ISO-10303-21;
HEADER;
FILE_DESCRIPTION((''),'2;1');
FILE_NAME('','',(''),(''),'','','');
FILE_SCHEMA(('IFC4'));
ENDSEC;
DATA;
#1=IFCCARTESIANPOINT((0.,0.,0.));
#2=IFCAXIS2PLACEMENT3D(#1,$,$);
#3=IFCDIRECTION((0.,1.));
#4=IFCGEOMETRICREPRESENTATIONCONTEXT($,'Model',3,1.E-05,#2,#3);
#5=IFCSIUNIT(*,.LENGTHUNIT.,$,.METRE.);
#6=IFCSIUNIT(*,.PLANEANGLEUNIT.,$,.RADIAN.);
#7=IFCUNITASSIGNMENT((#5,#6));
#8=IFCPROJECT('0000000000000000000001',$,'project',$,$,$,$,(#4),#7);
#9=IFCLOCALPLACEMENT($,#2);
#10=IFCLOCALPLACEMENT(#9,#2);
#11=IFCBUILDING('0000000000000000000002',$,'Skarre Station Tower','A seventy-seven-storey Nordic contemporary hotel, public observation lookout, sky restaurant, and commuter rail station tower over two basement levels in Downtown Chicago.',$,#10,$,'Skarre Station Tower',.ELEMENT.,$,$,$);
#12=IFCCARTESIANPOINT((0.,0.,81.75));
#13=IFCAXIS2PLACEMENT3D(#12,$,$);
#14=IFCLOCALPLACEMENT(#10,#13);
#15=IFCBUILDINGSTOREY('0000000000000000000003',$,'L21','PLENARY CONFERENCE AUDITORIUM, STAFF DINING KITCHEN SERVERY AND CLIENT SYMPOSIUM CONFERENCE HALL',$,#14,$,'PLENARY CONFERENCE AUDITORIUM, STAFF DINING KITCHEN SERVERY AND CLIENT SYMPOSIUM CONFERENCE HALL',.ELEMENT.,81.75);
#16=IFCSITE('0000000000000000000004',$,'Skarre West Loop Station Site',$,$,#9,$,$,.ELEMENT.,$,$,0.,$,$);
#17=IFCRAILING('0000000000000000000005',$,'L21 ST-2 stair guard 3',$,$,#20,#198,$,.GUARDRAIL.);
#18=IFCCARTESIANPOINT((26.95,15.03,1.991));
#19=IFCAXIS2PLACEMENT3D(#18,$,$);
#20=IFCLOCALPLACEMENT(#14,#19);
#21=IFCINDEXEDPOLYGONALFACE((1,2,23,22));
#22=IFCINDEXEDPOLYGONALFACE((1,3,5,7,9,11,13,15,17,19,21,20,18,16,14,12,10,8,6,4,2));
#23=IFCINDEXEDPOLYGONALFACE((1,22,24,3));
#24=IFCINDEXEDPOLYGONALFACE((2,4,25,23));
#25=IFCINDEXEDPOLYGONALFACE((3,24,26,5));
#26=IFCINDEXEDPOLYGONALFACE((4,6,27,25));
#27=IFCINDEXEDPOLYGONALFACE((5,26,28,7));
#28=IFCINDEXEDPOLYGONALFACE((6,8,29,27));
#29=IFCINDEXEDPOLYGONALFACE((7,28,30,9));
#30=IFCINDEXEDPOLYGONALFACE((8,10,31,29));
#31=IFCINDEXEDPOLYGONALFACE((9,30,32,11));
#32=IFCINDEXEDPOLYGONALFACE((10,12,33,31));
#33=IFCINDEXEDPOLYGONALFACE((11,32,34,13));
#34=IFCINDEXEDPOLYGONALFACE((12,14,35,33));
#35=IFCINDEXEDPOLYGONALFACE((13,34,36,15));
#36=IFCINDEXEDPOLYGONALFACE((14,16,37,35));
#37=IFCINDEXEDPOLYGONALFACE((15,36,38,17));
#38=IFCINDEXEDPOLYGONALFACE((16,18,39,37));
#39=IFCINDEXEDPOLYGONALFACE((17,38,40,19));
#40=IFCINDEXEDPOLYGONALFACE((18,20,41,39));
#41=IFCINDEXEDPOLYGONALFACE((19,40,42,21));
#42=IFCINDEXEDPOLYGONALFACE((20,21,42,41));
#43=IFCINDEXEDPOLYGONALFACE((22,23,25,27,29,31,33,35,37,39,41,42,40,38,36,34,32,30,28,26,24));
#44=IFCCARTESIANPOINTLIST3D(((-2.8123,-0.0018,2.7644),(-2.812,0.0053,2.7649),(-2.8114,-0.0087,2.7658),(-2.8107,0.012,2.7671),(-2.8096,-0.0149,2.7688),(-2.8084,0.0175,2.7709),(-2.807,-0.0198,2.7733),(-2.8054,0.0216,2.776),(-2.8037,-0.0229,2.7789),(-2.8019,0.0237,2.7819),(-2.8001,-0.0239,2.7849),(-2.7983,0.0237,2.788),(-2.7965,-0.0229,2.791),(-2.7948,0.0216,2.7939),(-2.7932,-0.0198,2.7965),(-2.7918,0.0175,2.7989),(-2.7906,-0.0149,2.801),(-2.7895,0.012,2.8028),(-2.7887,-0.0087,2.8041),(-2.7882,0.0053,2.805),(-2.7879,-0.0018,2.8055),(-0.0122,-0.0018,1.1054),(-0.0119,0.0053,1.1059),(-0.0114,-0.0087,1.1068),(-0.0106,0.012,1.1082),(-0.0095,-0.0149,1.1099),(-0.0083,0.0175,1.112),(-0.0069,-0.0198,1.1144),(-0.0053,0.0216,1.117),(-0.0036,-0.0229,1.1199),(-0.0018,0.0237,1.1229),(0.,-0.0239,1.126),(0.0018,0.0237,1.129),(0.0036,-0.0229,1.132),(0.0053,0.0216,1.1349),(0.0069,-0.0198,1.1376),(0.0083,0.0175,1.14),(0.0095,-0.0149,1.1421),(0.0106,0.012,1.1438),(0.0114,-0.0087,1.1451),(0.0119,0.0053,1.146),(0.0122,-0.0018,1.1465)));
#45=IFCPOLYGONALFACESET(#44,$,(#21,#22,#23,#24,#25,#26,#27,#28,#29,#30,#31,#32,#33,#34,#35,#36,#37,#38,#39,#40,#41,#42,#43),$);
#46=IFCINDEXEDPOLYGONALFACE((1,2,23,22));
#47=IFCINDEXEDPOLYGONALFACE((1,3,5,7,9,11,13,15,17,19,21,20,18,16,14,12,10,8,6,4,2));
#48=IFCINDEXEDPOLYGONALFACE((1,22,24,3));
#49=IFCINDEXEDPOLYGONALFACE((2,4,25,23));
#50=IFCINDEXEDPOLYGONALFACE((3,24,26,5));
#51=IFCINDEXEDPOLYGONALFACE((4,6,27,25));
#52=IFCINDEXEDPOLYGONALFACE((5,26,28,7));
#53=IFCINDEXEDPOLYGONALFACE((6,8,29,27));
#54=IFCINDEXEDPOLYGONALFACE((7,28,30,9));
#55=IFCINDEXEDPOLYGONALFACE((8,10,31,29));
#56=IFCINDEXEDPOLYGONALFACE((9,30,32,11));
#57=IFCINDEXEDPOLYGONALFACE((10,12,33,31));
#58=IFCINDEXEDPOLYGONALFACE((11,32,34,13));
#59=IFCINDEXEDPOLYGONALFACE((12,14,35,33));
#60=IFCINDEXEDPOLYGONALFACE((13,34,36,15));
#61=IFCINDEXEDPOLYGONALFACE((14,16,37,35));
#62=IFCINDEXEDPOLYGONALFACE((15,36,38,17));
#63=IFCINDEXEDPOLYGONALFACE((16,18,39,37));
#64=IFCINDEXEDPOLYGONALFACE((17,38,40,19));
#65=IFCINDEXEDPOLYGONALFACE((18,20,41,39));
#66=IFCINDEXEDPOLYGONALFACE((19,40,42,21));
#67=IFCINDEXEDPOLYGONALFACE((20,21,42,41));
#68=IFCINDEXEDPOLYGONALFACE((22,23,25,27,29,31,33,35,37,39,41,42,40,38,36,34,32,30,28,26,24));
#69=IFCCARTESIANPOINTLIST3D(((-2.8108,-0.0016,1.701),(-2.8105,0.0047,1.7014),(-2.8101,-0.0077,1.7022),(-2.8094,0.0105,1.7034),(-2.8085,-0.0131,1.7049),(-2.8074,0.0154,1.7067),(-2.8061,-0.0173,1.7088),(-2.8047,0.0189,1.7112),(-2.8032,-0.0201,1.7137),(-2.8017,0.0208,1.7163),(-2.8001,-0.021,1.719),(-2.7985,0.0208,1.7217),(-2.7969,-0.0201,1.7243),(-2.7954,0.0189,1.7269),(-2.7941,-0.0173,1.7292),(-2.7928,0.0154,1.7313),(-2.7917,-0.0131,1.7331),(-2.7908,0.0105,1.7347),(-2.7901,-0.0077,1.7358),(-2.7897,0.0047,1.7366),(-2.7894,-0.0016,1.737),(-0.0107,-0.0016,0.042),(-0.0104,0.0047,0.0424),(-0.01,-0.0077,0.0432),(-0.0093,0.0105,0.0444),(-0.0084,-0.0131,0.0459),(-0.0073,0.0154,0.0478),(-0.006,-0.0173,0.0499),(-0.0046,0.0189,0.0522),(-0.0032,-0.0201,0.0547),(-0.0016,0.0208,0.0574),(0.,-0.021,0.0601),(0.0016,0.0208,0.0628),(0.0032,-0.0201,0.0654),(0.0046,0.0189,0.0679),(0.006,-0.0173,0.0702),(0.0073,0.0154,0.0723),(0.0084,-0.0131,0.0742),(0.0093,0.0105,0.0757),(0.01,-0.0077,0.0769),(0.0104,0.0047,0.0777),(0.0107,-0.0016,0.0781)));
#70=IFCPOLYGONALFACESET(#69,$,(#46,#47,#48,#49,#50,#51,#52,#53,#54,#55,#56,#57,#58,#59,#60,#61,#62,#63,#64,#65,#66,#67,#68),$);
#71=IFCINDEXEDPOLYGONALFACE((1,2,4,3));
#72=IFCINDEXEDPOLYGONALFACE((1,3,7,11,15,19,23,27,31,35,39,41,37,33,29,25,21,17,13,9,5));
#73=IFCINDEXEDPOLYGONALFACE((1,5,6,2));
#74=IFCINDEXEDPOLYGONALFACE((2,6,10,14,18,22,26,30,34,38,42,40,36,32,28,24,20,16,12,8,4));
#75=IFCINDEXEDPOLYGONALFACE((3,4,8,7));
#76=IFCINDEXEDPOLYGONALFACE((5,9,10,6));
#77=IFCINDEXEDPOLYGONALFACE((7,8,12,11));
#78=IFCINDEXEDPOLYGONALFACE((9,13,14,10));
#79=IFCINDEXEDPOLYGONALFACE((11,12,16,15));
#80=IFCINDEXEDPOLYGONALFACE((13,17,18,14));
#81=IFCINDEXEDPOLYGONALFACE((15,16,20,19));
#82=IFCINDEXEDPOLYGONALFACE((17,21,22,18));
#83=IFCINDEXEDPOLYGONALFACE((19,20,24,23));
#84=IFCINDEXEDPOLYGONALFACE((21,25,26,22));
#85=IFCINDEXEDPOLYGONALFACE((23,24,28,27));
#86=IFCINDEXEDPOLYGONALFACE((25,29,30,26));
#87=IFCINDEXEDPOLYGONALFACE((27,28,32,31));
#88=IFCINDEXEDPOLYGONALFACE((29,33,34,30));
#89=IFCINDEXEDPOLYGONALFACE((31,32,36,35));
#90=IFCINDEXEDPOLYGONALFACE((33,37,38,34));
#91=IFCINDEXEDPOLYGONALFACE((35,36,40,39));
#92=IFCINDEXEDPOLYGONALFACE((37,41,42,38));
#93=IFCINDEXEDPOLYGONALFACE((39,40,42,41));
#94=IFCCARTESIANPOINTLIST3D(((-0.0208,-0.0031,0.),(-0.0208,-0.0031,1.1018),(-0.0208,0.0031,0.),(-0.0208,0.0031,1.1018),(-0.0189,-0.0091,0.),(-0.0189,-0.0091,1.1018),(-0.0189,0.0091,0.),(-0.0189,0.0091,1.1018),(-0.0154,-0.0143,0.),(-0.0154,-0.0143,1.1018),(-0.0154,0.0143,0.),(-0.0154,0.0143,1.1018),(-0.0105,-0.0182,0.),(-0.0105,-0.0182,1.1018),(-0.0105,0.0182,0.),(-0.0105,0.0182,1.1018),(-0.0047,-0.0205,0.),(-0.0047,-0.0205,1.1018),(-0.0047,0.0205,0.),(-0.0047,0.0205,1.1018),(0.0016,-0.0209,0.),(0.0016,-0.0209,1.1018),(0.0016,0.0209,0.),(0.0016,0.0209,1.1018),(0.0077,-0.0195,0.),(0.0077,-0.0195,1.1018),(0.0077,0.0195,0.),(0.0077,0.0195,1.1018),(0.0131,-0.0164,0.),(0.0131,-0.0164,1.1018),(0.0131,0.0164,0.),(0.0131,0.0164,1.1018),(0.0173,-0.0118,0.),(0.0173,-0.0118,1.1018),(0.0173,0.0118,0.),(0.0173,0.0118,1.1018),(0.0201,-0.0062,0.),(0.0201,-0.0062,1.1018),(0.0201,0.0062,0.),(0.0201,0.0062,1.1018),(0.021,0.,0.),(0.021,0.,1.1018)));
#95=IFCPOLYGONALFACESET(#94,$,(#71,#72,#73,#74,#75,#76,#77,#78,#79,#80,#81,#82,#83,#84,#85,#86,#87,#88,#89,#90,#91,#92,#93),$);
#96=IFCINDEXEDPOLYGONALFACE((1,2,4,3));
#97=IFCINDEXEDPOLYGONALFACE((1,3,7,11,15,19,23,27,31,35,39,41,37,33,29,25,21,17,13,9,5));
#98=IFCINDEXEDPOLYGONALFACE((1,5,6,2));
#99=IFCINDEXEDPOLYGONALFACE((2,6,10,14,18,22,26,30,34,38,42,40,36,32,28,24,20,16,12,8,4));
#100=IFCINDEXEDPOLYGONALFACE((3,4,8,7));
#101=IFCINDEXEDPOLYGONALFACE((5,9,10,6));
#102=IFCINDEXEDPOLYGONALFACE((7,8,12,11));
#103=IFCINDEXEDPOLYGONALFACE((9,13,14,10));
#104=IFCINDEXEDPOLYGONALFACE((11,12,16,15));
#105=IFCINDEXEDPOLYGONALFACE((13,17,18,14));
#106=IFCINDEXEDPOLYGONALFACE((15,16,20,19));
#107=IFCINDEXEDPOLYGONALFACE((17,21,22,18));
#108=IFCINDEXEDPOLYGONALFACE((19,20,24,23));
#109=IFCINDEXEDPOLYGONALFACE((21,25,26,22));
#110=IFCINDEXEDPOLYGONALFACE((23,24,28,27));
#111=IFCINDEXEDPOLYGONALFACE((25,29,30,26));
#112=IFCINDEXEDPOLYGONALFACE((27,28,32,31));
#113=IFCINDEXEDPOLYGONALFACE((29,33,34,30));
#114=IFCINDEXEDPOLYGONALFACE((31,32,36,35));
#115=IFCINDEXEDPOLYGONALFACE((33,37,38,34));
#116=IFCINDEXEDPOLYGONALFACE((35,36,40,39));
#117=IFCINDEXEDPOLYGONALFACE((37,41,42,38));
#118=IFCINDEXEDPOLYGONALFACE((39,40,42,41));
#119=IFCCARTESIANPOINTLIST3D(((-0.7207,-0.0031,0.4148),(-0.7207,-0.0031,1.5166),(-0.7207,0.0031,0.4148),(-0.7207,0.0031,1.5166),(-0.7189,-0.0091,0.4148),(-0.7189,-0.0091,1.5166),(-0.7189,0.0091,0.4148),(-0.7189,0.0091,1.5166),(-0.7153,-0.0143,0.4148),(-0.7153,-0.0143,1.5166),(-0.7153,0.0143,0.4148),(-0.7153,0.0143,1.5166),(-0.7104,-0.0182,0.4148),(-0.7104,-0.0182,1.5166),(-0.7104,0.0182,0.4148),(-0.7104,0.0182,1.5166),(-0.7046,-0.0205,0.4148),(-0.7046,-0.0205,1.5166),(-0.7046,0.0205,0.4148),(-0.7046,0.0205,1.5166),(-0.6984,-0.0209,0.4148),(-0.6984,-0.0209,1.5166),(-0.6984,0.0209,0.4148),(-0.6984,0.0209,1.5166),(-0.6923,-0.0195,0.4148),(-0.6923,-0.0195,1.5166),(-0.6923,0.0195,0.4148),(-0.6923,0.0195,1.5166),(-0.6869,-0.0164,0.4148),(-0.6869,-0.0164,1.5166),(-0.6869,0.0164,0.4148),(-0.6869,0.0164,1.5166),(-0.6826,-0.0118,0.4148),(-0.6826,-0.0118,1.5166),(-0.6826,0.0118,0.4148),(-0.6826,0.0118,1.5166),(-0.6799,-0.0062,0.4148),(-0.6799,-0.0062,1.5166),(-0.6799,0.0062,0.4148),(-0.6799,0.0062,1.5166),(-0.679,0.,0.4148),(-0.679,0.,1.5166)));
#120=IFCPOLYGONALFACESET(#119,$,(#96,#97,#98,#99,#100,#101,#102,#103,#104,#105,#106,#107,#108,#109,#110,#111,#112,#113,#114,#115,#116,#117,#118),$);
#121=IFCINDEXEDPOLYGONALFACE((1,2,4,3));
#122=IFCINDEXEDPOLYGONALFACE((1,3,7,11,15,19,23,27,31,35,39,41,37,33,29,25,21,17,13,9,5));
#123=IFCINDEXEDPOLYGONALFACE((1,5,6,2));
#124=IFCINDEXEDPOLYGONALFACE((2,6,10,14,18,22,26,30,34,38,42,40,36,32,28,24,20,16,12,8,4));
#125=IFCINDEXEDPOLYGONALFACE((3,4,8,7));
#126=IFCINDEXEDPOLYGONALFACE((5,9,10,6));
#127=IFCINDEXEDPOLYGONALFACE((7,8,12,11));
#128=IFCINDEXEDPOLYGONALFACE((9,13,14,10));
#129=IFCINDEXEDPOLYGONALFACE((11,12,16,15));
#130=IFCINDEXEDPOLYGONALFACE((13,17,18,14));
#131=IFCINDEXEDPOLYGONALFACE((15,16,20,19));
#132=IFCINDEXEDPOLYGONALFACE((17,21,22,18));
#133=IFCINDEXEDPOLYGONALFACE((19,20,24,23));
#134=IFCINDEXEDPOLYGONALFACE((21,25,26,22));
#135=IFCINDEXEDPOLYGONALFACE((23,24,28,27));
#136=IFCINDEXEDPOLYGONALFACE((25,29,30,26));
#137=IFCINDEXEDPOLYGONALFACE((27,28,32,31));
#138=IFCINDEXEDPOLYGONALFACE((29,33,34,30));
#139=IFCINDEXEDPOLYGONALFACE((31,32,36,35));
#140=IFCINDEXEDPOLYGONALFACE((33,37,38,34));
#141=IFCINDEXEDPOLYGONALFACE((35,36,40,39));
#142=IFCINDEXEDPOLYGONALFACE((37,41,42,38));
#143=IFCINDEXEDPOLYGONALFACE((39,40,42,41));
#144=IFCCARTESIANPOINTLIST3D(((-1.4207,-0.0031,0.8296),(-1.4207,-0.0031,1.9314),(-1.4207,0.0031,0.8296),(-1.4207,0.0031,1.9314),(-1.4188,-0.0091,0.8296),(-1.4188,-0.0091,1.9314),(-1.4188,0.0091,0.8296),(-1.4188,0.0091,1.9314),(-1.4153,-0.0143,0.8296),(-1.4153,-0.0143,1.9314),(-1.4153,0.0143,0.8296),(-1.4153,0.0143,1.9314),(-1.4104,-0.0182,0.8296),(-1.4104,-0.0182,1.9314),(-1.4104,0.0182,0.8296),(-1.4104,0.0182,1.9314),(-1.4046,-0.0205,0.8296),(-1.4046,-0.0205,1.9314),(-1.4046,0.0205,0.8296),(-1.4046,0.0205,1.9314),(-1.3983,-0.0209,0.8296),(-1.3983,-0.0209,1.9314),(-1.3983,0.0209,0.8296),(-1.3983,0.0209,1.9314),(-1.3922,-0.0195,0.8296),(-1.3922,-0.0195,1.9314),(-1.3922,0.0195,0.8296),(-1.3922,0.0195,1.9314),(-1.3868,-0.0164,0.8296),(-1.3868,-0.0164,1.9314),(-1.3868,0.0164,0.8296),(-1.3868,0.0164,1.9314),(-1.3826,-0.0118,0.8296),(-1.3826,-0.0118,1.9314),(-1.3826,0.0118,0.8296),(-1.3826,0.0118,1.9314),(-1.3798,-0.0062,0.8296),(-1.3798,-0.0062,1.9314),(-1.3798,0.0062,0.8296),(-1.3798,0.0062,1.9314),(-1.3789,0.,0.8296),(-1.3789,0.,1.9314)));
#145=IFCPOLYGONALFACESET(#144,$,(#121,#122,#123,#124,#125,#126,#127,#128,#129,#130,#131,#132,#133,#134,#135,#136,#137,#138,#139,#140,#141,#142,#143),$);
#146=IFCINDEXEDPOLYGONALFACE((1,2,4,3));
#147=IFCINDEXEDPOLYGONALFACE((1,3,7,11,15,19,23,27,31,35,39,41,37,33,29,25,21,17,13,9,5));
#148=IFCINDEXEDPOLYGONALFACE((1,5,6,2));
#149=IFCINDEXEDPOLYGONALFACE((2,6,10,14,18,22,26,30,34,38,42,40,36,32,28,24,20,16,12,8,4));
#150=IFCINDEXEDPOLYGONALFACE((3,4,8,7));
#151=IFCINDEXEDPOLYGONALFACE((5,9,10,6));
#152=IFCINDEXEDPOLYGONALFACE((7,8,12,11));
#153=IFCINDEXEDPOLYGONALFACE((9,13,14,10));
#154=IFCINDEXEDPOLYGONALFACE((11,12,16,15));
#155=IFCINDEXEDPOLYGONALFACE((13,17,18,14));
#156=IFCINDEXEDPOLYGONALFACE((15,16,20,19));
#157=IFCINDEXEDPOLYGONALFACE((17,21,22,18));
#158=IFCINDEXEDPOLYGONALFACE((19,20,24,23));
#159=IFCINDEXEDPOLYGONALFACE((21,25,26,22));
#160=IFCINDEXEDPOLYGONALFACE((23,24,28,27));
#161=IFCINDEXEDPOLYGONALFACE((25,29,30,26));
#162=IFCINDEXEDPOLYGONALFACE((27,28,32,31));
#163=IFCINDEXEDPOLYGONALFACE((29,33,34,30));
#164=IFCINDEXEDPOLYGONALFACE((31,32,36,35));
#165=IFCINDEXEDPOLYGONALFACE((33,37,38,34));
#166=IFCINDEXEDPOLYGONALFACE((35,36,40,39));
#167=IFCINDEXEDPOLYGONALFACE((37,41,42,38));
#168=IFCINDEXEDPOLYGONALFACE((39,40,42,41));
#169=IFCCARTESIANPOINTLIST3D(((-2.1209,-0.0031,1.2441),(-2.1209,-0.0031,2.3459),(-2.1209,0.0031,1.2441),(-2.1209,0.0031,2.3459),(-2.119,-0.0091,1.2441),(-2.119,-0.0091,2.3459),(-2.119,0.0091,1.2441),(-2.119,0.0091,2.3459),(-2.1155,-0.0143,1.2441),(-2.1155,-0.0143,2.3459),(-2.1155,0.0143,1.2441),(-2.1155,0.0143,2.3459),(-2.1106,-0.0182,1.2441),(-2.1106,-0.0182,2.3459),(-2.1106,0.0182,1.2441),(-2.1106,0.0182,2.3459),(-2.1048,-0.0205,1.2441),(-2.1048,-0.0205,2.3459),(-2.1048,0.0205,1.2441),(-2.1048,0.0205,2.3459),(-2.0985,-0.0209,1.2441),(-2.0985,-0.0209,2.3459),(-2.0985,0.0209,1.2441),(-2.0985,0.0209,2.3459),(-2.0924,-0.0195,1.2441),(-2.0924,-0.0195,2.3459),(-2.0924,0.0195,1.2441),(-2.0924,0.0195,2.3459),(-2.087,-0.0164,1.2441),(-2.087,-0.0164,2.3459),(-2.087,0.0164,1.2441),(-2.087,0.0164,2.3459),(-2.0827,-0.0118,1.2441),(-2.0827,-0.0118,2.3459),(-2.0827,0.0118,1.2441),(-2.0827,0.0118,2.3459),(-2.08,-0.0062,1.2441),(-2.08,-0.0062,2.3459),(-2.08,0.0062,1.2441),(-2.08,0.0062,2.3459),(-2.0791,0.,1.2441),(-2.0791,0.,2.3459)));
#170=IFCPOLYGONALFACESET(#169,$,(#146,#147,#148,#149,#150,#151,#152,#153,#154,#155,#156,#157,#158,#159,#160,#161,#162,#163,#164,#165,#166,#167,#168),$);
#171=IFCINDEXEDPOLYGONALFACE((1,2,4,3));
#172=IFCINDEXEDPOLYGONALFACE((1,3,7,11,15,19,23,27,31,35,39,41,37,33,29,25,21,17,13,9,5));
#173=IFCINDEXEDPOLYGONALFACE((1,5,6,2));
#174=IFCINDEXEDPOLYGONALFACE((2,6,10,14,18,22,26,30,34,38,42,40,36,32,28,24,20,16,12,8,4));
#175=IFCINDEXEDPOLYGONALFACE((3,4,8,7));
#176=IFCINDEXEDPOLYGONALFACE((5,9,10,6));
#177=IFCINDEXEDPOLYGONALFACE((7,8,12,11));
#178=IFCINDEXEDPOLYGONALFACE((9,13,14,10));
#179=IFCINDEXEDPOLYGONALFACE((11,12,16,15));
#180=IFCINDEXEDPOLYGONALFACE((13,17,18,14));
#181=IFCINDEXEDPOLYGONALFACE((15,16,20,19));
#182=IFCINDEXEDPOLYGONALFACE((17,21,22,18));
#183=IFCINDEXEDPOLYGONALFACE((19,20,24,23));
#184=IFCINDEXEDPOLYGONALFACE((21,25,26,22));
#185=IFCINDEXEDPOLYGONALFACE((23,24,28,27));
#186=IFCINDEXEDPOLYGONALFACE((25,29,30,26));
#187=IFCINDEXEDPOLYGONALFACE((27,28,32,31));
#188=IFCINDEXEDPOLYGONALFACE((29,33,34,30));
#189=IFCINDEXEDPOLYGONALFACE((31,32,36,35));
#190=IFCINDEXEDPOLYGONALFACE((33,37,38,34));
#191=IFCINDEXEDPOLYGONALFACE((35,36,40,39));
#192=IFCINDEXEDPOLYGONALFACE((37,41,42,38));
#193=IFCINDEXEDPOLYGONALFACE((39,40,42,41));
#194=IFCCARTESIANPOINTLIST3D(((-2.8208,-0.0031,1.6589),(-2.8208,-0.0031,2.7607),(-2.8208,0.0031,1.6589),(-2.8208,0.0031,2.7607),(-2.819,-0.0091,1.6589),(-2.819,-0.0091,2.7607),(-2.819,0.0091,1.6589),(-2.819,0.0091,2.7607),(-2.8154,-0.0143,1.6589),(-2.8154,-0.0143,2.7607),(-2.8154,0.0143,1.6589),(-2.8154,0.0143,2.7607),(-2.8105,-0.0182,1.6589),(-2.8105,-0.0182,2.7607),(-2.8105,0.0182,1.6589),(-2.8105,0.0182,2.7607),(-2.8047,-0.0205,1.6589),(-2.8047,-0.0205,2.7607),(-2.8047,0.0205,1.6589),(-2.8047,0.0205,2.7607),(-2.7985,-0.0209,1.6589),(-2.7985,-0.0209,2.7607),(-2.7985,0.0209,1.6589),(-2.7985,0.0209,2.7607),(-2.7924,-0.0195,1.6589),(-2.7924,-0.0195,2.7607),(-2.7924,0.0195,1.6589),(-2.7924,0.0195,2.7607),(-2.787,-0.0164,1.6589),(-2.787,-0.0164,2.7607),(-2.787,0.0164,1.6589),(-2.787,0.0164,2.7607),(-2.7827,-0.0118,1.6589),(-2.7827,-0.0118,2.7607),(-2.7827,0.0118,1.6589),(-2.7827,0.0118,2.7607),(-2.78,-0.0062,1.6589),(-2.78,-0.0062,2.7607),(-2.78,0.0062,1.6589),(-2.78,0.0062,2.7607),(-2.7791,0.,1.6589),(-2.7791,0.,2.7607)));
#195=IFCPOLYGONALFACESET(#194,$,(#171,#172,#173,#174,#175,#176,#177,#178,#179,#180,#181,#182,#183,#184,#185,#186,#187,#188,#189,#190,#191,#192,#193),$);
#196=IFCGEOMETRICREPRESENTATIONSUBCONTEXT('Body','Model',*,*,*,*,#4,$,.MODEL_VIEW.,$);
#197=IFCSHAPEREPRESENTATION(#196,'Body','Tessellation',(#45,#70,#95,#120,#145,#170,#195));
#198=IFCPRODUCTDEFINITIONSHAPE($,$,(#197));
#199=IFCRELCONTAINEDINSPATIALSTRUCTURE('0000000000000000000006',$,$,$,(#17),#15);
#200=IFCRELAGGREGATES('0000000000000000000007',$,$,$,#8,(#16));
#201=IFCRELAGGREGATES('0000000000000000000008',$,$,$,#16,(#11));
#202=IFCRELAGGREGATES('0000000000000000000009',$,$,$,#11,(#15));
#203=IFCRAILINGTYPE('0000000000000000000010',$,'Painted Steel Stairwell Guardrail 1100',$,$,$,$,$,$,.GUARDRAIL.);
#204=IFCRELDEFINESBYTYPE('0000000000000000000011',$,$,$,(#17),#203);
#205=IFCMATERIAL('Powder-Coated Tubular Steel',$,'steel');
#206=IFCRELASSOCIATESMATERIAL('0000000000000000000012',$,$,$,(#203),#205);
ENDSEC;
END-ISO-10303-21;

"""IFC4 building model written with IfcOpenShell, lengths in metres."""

from ifc_helpers import new_model, si_unit, direction, frame, origin, origin_2d, place, context, subcontext, project, spatial, circle, extrude, material, type_object, element, save


model = new_model("IFC4")

# Units and contexts
model_context = context("Model", 3, precision=1e-05, world=origin(), true_north=direction((0.0, 1.0)))
body_context = subcontext(model_context, "Body", "Model", "MODEL_VIEW")
ifc_project = project(units=[si_unit("LENGTHUNIT", "METRE"), si_unit("PLANEANGLEUNIT", "RADIAN")], contexts=[model_context])

# Site, building, storey
site_placement = place(None, origin())
site = spatial("IfcSite", under=ifc_project, at=site_placement, Name="Skarre West Loop Station Site", CompositionType="ELEMENT", RefElevation=0.0)
building_placement = place(site_placement, origin())
building = spatial("IfcBuilding", under=site, at=building_placement, Name="Skarre Station Tower", Description="A seventy-seven-storey Nordic contemporary hotel, public observation lookout, sky restaurant, and commuter rail station tower over two basement levels in Downtown Chicago.", LongName="Skarre Station Tower", CompositionType="ELEMENT")
storey_placement = place(building_placement, frame((0.0, 0.0, 81.75)))
storey = spatial("IfcBuildingStorey", under=building, at=storey_placement, Name="L21", Description="PLENARY CONFERENCE AUDITORIUM, STAFF DINING KITCHEN SERVERY AND CLIENT SYMPOSIUM CONFERENCE HALL", LongName="PLENARY CONFERENCE AUDITORIUM, STAFF DINING KITCHEN SERVERY AND CLIENT SYMPOSIUM CONFERENCE HALL", CompositionType="ELEMENT", Elevation=81.75)

# Railing
ifc_material_1 = material(Name="Powder-Coated Tubular Steel", Category="steel")
railing_type_1 = type_object("IfcRailingType", Name="Painted Steel Stairwell Guardrail 1100", PredefinedType="GUARDRAIL", material=ifc_material_1)
railing_1_placement = place(storey_placement, frame((26.95, 15.03, 1.991)))
element("IfcRailing", 1, at=railing_1_placement, inside=storey, type_object=railing_type_1, Name="L21 ST-2 stair guard 3", PredefinedType="GUARDRAIL", context=body_context, shape_type="SweptSolid", body=[
    extrude(circle(Radius=0.0239, at=origin_2d()), frame((0.0, 0.0, 1.126), z_axis=(-0.860339, 0.0, 0.509722), x_axis=(0.0, -1.0, 0.0)), (0.0, 0.0, 1.0), 3.2546),
    extrude(circle(Radius=0.021, at=origin_2d()), frame((0.0, 0.0, 0.0601), z_axis=(-0.860339, 0.0, 0.509722), x_axis=(0.0, -1.0, 0.0)), (0.0, 0.0, 1.0), 3.2546),
    extrude(circle(Radius=0.021, at=origin_2d()), origin(), (0.0, 0.0, 1.0), 1.1018),
    extrude(circle(Radius=0.021, at=origin_2d()), frame((-0.7, 0.0, 0.4148)), (0.0, 0.0, 1.0), 1.1018),
    extrude(circle(Radius=0.021, at=origin_2d()), frame((-1.3999, 0.0, 0.8296)), (0.0, 0.0, 1.0), 1.1018),
    extrude(circle(Radius=0.021, at=origin_2d()), frame((-2.1001, 0.0, 1.2441)), (0.0, 0.0, 1.0), 1.1018),
    extrude(circle(Radius=0.021, at=origin_2d()), frame((-2.8, 0.0, 1.6589)), (0.0, 0.0, 1.0), 1.1018),
])

save(model, "model.ifc")
